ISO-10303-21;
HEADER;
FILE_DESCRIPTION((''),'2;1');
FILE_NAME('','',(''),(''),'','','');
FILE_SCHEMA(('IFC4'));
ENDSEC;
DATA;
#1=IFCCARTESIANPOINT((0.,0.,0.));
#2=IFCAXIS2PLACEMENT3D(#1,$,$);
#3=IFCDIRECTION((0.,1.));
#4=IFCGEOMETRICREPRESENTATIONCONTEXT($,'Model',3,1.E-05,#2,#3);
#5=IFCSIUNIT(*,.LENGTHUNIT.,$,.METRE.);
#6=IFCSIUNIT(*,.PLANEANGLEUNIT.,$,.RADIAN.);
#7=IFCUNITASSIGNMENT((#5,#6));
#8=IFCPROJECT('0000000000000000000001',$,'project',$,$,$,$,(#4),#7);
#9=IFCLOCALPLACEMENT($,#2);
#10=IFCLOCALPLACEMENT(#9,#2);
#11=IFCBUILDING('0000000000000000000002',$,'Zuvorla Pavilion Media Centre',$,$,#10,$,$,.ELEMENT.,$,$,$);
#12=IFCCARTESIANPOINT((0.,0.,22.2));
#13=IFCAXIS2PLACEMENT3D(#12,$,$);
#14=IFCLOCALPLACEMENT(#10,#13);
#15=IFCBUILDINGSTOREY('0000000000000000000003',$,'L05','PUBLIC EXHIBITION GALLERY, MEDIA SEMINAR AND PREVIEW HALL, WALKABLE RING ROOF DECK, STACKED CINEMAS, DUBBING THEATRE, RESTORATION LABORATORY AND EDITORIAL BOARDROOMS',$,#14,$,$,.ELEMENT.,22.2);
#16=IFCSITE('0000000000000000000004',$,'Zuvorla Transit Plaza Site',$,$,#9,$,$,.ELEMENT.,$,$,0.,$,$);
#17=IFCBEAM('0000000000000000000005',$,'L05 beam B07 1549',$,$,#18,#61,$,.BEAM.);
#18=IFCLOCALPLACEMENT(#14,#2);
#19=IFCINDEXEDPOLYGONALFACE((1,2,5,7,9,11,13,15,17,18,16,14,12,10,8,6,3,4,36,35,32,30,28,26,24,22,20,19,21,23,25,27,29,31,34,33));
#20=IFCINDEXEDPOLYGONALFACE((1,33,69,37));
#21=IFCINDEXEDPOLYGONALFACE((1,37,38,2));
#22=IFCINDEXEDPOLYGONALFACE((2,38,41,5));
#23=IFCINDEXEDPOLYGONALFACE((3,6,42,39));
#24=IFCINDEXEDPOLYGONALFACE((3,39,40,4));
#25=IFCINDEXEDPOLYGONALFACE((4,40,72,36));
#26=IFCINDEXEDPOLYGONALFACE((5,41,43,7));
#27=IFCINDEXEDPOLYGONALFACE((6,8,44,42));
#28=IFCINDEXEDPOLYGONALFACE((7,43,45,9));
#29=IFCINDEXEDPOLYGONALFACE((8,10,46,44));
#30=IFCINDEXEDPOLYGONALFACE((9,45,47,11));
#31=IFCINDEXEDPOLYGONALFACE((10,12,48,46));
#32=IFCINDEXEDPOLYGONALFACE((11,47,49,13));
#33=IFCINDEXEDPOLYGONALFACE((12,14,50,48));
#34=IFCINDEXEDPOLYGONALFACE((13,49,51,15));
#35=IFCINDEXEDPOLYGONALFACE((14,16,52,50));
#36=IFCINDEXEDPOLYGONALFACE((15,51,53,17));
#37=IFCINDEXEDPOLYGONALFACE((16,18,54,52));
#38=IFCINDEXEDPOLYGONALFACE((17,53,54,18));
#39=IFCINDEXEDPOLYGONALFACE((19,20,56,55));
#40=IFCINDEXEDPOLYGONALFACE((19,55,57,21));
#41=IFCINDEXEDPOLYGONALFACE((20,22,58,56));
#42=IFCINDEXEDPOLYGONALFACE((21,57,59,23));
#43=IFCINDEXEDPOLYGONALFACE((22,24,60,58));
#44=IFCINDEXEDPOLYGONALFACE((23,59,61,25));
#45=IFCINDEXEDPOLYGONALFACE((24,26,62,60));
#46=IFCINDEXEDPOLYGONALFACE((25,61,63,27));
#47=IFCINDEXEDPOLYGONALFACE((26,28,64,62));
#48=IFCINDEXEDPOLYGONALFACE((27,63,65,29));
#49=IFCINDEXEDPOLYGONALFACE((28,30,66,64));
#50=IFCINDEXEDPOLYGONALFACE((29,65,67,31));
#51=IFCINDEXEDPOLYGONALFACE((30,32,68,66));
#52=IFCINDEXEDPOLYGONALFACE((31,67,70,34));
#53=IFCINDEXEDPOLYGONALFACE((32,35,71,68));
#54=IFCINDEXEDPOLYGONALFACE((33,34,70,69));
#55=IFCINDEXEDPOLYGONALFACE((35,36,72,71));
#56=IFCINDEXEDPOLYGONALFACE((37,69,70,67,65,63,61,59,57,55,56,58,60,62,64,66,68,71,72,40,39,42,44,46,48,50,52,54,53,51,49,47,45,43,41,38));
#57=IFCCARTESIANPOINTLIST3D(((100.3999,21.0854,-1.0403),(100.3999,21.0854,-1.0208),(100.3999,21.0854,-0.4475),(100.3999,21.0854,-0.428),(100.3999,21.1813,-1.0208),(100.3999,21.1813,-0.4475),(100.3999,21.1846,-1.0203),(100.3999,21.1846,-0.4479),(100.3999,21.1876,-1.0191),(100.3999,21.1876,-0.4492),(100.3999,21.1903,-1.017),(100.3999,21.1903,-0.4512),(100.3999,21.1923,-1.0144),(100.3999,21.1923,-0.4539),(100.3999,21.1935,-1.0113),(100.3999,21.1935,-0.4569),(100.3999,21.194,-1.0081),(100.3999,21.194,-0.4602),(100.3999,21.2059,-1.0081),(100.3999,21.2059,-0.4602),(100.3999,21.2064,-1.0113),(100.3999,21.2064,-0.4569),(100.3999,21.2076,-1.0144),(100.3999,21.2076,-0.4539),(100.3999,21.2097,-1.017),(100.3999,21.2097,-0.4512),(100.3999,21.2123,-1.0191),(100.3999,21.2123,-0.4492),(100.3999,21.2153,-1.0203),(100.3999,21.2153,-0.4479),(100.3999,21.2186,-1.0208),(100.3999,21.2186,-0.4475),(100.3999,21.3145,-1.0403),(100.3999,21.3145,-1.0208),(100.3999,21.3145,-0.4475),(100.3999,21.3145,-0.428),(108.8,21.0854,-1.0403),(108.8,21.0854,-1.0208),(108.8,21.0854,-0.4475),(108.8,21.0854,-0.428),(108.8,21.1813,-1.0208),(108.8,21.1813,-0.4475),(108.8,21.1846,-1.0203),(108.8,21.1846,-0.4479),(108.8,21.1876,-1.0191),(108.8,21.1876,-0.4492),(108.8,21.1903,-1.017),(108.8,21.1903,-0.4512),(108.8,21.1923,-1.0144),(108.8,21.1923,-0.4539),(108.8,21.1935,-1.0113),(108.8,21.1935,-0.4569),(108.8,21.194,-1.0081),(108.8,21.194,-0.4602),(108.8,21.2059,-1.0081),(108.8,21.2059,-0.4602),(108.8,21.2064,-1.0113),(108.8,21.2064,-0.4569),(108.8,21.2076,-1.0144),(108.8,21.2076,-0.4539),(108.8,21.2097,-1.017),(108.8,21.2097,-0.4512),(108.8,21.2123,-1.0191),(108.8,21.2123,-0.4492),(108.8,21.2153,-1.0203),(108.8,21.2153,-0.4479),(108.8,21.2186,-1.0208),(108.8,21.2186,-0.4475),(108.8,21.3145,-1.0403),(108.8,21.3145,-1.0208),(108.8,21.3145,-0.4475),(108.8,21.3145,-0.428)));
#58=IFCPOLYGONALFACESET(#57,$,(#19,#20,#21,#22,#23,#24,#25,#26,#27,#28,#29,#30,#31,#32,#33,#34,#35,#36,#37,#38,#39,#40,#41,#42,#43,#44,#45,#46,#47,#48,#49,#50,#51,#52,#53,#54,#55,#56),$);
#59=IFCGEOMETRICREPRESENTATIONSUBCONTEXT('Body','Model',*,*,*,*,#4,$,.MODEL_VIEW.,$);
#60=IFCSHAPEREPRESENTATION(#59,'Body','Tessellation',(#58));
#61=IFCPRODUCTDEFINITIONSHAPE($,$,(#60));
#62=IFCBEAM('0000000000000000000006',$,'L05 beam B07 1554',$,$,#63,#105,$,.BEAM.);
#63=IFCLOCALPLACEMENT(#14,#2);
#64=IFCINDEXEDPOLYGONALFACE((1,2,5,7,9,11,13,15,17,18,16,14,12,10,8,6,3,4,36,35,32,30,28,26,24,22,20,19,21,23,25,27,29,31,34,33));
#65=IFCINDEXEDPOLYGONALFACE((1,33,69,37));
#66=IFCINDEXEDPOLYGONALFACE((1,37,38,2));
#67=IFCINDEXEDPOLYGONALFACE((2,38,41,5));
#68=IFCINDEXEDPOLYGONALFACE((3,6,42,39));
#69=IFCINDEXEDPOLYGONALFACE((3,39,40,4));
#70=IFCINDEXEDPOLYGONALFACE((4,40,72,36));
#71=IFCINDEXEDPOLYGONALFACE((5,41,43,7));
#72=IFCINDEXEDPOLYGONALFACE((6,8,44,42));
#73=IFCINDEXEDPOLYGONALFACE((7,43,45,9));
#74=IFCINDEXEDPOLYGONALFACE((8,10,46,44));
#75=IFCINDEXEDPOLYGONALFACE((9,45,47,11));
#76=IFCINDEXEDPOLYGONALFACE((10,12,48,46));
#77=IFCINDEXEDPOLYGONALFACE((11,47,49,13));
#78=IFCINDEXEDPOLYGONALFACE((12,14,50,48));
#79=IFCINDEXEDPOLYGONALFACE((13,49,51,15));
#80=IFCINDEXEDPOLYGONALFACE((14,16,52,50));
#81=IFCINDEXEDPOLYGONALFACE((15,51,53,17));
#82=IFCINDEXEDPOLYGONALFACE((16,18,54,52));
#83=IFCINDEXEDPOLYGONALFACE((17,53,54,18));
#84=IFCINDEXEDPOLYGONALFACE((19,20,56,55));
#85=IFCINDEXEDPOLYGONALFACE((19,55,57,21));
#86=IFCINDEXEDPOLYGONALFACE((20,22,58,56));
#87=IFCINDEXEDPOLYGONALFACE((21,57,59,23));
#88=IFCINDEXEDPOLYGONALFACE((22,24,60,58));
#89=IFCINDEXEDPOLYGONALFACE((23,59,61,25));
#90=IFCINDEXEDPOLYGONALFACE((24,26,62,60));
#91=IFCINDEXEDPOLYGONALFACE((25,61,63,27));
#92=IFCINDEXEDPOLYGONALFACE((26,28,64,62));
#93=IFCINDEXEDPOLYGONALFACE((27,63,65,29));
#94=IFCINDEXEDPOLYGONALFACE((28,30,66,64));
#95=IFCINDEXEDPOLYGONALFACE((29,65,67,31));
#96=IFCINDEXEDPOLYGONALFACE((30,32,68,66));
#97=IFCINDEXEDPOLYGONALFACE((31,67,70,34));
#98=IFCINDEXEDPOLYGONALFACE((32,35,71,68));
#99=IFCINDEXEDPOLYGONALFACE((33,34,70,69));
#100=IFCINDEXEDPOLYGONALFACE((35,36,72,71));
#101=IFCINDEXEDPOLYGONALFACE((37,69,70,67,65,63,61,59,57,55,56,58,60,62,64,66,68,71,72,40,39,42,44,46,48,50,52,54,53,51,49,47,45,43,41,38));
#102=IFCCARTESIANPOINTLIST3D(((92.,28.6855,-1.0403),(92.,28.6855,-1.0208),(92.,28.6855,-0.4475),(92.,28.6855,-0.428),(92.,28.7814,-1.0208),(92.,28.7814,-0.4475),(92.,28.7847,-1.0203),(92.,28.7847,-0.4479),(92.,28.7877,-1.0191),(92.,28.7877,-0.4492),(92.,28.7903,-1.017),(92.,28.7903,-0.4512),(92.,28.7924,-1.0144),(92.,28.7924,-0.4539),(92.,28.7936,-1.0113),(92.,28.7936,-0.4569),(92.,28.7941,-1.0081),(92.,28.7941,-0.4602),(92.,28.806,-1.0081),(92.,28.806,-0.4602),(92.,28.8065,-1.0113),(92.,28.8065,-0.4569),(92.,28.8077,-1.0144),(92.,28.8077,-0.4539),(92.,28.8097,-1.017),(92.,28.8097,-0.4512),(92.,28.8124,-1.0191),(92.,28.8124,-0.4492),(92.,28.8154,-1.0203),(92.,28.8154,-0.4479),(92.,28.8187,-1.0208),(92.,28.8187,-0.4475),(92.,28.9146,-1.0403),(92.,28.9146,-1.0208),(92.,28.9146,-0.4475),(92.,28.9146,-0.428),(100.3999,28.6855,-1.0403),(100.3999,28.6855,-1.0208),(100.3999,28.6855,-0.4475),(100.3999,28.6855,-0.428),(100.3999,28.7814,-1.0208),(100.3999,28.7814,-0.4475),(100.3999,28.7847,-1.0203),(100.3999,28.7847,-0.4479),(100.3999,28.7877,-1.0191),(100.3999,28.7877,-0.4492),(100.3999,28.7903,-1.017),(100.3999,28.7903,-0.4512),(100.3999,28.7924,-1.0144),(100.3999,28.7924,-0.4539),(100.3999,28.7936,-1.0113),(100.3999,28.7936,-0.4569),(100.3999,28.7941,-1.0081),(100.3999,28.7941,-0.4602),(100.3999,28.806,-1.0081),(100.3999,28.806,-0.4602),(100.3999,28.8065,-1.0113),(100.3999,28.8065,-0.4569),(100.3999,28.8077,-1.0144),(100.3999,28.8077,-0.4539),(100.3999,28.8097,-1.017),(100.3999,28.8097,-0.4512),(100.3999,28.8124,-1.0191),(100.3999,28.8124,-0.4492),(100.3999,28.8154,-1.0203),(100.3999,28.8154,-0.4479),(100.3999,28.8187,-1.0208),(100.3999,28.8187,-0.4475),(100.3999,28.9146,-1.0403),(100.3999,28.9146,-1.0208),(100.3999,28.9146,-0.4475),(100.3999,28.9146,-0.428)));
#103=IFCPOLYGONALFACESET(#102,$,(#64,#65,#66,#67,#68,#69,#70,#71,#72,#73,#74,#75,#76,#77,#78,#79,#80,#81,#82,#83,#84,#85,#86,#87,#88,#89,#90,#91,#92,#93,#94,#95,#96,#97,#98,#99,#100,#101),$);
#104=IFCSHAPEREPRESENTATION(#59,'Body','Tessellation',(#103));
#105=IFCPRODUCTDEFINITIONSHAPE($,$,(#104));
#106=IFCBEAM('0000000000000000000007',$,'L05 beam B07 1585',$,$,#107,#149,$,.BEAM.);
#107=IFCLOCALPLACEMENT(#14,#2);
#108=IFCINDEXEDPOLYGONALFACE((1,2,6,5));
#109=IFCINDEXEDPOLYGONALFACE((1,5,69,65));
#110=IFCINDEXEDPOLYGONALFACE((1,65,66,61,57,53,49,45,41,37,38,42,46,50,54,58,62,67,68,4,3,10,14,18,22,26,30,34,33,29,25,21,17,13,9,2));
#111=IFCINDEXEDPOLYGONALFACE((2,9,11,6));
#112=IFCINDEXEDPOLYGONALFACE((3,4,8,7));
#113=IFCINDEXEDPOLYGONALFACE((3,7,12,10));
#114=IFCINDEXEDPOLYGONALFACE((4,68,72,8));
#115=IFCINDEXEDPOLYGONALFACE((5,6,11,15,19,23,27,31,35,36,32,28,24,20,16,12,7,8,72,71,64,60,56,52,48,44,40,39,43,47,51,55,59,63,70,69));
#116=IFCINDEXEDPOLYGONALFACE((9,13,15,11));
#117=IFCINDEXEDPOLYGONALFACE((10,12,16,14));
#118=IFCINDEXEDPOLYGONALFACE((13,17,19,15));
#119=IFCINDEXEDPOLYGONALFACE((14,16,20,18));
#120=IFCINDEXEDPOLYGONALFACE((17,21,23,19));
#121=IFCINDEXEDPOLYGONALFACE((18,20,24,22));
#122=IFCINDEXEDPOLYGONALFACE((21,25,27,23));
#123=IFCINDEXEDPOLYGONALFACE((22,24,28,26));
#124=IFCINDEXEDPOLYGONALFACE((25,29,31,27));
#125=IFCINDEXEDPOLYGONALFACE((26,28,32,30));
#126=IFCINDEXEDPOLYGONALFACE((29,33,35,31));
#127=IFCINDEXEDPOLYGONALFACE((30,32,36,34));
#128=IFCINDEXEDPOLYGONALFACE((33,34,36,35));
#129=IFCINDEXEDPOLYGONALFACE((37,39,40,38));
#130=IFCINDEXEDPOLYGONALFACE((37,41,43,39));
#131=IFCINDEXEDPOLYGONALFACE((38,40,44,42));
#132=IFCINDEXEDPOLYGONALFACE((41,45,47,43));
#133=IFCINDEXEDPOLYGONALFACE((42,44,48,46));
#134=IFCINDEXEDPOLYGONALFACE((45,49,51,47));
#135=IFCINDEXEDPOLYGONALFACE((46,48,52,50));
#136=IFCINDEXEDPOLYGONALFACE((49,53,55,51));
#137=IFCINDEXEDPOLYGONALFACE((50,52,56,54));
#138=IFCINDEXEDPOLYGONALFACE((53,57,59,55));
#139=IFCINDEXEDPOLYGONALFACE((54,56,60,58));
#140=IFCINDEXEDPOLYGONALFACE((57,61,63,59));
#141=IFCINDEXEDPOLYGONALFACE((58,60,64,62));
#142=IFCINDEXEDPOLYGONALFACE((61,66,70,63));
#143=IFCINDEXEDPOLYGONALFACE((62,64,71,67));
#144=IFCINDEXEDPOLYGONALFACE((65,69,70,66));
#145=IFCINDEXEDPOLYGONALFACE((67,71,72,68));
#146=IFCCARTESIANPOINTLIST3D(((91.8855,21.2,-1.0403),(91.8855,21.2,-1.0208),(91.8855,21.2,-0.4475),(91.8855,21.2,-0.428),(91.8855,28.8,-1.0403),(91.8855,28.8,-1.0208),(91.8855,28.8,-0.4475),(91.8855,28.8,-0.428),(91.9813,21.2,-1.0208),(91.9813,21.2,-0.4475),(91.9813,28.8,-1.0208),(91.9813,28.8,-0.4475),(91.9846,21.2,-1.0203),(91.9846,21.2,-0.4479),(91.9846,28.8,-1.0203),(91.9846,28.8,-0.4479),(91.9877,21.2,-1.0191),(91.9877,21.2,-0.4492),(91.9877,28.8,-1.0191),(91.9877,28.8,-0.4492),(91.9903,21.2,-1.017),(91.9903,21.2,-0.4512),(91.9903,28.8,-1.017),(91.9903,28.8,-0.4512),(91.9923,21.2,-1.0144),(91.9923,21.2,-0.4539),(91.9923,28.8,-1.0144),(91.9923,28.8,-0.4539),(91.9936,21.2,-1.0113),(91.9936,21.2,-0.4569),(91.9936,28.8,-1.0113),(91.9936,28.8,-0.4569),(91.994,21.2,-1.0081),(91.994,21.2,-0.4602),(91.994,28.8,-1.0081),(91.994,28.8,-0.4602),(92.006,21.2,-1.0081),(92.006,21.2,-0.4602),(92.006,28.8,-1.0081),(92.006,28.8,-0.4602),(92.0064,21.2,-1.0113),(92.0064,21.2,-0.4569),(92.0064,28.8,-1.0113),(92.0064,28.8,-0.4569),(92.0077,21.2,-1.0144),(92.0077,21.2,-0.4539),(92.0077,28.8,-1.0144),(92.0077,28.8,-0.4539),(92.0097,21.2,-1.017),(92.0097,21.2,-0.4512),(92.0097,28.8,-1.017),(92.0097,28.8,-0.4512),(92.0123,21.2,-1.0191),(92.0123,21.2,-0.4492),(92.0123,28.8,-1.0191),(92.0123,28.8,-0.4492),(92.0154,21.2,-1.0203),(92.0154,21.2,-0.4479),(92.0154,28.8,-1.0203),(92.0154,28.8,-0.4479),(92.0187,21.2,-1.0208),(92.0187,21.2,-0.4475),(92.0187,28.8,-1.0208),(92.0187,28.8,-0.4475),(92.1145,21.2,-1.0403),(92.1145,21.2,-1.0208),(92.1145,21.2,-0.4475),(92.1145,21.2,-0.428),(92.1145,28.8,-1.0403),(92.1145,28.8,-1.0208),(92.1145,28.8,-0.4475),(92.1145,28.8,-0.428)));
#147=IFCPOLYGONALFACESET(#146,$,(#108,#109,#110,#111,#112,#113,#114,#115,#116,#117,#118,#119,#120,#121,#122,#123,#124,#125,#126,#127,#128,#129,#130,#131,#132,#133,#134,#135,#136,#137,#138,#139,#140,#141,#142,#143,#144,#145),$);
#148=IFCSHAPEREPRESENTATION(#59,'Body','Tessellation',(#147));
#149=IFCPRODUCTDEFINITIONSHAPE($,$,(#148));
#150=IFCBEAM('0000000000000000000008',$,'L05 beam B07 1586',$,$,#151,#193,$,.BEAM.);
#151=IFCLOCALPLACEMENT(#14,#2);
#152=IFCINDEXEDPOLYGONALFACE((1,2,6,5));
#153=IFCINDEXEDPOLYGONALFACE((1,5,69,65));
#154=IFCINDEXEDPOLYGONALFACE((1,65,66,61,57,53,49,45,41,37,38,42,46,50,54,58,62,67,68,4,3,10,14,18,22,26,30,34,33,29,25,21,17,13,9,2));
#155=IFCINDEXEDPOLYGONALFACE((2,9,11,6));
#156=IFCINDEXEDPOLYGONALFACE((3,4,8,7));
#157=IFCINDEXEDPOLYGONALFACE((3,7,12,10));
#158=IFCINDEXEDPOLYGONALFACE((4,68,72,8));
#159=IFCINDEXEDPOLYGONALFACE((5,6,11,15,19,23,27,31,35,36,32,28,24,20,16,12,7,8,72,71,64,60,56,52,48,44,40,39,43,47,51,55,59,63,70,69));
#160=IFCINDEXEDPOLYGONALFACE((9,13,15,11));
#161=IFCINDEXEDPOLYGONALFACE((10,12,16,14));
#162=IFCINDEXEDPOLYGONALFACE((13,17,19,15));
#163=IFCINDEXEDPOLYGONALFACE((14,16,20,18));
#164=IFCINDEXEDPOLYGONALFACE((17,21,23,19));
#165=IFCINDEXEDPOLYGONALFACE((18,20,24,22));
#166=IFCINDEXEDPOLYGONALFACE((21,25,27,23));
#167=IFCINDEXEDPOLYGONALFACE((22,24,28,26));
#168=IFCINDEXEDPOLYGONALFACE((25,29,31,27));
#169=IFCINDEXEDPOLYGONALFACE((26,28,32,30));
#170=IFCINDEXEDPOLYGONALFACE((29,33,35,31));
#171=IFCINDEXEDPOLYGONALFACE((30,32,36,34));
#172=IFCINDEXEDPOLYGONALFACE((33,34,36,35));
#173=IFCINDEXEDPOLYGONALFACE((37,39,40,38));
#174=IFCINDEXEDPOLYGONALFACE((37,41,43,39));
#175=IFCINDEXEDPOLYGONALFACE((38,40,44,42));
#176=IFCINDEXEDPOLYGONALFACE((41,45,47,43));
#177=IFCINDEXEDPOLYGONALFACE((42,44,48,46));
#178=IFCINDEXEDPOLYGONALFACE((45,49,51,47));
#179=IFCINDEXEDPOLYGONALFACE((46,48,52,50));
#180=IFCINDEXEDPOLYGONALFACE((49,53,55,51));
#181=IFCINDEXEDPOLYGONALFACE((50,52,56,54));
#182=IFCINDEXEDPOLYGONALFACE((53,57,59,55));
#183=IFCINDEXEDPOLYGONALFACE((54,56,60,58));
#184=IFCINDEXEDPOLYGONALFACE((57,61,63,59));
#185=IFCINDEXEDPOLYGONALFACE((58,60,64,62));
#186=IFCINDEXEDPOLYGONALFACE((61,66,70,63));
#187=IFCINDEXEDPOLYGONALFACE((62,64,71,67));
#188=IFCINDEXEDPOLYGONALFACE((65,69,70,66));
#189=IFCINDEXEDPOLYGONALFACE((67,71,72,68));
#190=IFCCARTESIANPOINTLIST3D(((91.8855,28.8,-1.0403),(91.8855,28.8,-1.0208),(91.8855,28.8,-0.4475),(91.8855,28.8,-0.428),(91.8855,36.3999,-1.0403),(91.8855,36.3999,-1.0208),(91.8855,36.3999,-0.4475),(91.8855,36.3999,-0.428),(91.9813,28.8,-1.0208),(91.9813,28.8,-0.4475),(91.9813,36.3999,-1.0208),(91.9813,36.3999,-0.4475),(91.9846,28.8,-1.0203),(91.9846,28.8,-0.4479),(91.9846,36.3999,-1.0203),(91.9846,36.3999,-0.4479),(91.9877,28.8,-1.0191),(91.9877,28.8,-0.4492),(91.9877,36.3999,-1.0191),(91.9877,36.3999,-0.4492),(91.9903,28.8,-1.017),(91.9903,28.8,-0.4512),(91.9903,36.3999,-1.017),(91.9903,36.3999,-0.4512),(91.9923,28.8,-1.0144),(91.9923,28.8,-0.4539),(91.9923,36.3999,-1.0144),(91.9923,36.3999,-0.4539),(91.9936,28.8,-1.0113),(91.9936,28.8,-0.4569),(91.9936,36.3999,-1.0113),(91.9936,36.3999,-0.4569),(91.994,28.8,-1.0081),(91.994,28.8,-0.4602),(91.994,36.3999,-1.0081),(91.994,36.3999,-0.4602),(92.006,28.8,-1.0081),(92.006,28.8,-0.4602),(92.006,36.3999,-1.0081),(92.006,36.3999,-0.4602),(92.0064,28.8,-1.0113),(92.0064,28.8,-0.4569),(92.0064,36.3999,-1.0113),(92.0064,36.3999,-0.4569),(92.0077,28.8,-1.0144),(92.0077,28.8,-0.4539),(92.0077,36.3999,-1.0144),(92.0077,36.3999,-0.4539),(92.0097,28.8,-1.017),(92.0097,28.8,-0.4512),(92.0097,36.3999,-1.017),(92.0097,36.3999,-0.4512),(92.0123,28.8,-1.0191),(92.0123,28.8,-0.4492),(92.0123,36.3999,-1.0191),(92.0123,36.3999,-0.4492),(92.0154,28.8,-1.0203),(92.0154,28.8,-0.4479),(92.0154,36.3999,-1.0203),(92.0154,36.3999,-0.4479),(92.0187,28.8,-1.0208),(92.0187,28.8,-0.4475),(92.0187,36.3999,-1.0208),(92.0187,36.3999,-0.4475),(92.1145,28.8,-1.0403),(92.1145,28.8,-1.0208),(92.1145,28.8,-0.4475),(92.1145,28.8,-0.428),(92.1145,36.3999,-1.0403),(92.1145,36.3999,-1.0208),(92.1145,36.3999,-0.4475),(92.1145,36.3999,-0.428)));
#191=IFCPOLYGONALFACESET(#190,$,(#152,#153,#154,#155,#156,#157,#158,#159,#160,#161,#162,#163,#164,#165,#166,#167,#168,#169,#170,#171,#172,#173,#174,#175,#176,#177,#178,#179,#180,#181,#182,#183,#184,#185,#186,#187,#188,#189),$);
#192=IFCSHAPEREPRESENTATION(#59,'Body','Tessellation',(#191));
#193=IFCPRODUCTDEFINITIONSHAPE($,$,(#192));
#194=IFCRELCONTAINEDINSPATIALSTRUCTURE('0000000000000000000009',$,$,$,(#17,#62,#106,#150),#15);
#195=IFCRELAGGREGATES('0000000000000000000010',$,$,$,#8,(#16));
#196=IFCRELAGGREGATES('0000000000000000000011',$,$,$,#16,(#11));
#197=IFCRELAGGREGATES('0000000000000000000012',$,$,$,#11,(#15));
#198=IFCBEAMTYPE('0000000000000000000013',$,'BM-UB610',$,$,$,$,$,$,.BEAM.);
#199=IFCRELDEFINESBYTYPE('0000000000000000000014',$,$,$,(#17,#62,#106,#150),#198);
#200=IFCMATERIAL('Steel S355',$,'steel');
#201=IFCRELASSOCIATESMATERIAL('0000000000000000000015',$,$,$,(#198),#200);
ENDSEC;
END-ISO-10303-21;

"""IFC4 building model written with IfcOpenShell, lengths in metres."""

from ifc_helpers import new_model, si_unit, direction, frame, origin, origin_2d, place, context, subcontext, project, spatial, i_section, extrude, material, material_profile, profile_set, type_object, element, save


model = new_model("IFC4")

# Units and contexts
model_context = context("Model", 3, precision=1e-05, world=origin(), true_north=direction((0.0, 1.0)))
body_context = subcontext(model_context, "Body", "Model", "MODEL_VIEW")
ifc_project = project(units=[si_unit("LENGTHUNIT", "METRE"), si_unit("PLANEANGLEUNIT", "RADIAN")], contexts=[model_context])

# Site, building, storey
site_placement = place(None, origin())
site = spatial("IfcSite", under=ifc_project, at=site_placement, Name="Zuvorla Transit Plaza Site", CompositionType="ELEMENT", RefElevation=0.0)
building_placement = place(site_placement, origin())
building = spatial("IfcBuilding", under=site, at=building_placement, Name="Zuvorla Pavilion Media Centre", CompositionType="ELEMENT")
storey_placement = place(building_placement, frame((0.0, 0.0, 22.2)))
storey = spatial("IfcBuildingStorey", under=building, at=storey_placement, Name="L05", Description="PUBLIC EXHIBITION GALLERY, MEDIA SEMINAR AND PREVIEW HALL, WALKABLE RING ROOF DECK, STACKED CINEMAS, DUBBING THEATRE, RESTORATION LABORATORY AND EDITORIAL BOARDROOMS", CompositionType="ELEMENT", Elevation=22.2)

# Shared definitions
ifc_material_1 = material(Name="Steel S355", Category="steel")

# Beams
ifc_material_profile_1 = material_profile(ifc_material_1, i_section(OverallWidth=0.229, OverallDepth=0.6123, WebThickness=0.012, FlangeThickness=0.0195, FilletRadius=0.0127, at=origin_2d()), Name="UB 610x229x125")
ifc_profile_set_1 = profile_set([ifc_material_profile_1], Name="Steel S355")
beam_type_1 = type_object("IfcBeamType", Name="BM-UB610", PredefinedType="BEAM", material=ifc_profile_set_1)
beam_1_placement = place(storey_placement, frame((100.3999, 21.2, -0.7341), z_axis=(1.0, 0.0, 0.0), x_axis=(0.0, 1.0, 0.0)))
element("IfcBeam", 1, at=beam_1_placement, inside=storey, type_object=beam_type_1, Name="L05 beam B07 1549", PredefinedType="BEAM", context=body_context, shape_type="SweptSolid", body=[
    extrude(i_section(OverallWidth=0.229, OverallDepth=0.6123, WebThickness=0.012, FlangeThickness=0.0195, FilletRadius=0.0127, at=origin_2d()), origin(), (0.0, 0.0, 1.0), 8.4001),
])
beam_2_placement = place(storey_placement, frame((92.0, 28.8, -0.7341), z_axis=(1.0, 0.0, 0.0), x_axis=(0.0, 1.0, 0.0)))
element("IfcBeam", 2, at=beam_2_placement, inside=storey, type_object=beam_type_1, Name="L05 beam B07 1554", PredefinedType="BEAM", context=body_context, shape_type="SweptSolid", body=[
    extrude(i_section(OverallWidth=0.229, OverallDepth=0.6123, WebThickness=0.012, FlangeThickness=0.0195, FilletRadius=0.0127, at=origin_2d()), origin(), (0.0, 0.0, 1.0), 8.3999),
])
beam_3_placement = place(storey_placement, frame((92.0, 21.2, -0.7341), z_axis=(0.0, 1.0, 0.0), x_axis=(-1.0, 0.0, 0.0)))
element("IfcBeam", 3, at=beam_3_placement, inside=storey, type_object=beam_type_1, Name="L05 beam B07 1585", PredefinedType="BEAM", context=body_context, shape_type="SweptSolid", body=[
    extrude(i_section(OverallWidth=0.229, OverallDepth=0.6123, WebThickness=0.012, FlangeThickness=0.0195, FilletRadius=0.0127, at=origin_2d()), origin(), (0.0, 0.0, 1.0), 7.6001),
])
beam_4_placement = place(storey_placement, frame((92.0, 28.8, -0.7341), z_axis=(0.0, 1.0, 0.0), x_axis=(-1.0, 0.0, 0.0)))
element("IfcBeam", 4, at=beam_4_placement, inside=storey, type_object=beam_type_1, Name="L05 beam B07 1586", PredefinedType="BEAM", context=body_context, shape_type="SweptSolid", body=[
    extrude(i_section(OverallWidth=0.229, OverallDepth=0.6123, WebThickness=0.012, FlangeThickness=0.0195, FilletRadius=0.0127, at=origin_2d()), origin(), (0.0, 0.0, 1.0), 7.5999),
])

save(model, "model.ifc")
